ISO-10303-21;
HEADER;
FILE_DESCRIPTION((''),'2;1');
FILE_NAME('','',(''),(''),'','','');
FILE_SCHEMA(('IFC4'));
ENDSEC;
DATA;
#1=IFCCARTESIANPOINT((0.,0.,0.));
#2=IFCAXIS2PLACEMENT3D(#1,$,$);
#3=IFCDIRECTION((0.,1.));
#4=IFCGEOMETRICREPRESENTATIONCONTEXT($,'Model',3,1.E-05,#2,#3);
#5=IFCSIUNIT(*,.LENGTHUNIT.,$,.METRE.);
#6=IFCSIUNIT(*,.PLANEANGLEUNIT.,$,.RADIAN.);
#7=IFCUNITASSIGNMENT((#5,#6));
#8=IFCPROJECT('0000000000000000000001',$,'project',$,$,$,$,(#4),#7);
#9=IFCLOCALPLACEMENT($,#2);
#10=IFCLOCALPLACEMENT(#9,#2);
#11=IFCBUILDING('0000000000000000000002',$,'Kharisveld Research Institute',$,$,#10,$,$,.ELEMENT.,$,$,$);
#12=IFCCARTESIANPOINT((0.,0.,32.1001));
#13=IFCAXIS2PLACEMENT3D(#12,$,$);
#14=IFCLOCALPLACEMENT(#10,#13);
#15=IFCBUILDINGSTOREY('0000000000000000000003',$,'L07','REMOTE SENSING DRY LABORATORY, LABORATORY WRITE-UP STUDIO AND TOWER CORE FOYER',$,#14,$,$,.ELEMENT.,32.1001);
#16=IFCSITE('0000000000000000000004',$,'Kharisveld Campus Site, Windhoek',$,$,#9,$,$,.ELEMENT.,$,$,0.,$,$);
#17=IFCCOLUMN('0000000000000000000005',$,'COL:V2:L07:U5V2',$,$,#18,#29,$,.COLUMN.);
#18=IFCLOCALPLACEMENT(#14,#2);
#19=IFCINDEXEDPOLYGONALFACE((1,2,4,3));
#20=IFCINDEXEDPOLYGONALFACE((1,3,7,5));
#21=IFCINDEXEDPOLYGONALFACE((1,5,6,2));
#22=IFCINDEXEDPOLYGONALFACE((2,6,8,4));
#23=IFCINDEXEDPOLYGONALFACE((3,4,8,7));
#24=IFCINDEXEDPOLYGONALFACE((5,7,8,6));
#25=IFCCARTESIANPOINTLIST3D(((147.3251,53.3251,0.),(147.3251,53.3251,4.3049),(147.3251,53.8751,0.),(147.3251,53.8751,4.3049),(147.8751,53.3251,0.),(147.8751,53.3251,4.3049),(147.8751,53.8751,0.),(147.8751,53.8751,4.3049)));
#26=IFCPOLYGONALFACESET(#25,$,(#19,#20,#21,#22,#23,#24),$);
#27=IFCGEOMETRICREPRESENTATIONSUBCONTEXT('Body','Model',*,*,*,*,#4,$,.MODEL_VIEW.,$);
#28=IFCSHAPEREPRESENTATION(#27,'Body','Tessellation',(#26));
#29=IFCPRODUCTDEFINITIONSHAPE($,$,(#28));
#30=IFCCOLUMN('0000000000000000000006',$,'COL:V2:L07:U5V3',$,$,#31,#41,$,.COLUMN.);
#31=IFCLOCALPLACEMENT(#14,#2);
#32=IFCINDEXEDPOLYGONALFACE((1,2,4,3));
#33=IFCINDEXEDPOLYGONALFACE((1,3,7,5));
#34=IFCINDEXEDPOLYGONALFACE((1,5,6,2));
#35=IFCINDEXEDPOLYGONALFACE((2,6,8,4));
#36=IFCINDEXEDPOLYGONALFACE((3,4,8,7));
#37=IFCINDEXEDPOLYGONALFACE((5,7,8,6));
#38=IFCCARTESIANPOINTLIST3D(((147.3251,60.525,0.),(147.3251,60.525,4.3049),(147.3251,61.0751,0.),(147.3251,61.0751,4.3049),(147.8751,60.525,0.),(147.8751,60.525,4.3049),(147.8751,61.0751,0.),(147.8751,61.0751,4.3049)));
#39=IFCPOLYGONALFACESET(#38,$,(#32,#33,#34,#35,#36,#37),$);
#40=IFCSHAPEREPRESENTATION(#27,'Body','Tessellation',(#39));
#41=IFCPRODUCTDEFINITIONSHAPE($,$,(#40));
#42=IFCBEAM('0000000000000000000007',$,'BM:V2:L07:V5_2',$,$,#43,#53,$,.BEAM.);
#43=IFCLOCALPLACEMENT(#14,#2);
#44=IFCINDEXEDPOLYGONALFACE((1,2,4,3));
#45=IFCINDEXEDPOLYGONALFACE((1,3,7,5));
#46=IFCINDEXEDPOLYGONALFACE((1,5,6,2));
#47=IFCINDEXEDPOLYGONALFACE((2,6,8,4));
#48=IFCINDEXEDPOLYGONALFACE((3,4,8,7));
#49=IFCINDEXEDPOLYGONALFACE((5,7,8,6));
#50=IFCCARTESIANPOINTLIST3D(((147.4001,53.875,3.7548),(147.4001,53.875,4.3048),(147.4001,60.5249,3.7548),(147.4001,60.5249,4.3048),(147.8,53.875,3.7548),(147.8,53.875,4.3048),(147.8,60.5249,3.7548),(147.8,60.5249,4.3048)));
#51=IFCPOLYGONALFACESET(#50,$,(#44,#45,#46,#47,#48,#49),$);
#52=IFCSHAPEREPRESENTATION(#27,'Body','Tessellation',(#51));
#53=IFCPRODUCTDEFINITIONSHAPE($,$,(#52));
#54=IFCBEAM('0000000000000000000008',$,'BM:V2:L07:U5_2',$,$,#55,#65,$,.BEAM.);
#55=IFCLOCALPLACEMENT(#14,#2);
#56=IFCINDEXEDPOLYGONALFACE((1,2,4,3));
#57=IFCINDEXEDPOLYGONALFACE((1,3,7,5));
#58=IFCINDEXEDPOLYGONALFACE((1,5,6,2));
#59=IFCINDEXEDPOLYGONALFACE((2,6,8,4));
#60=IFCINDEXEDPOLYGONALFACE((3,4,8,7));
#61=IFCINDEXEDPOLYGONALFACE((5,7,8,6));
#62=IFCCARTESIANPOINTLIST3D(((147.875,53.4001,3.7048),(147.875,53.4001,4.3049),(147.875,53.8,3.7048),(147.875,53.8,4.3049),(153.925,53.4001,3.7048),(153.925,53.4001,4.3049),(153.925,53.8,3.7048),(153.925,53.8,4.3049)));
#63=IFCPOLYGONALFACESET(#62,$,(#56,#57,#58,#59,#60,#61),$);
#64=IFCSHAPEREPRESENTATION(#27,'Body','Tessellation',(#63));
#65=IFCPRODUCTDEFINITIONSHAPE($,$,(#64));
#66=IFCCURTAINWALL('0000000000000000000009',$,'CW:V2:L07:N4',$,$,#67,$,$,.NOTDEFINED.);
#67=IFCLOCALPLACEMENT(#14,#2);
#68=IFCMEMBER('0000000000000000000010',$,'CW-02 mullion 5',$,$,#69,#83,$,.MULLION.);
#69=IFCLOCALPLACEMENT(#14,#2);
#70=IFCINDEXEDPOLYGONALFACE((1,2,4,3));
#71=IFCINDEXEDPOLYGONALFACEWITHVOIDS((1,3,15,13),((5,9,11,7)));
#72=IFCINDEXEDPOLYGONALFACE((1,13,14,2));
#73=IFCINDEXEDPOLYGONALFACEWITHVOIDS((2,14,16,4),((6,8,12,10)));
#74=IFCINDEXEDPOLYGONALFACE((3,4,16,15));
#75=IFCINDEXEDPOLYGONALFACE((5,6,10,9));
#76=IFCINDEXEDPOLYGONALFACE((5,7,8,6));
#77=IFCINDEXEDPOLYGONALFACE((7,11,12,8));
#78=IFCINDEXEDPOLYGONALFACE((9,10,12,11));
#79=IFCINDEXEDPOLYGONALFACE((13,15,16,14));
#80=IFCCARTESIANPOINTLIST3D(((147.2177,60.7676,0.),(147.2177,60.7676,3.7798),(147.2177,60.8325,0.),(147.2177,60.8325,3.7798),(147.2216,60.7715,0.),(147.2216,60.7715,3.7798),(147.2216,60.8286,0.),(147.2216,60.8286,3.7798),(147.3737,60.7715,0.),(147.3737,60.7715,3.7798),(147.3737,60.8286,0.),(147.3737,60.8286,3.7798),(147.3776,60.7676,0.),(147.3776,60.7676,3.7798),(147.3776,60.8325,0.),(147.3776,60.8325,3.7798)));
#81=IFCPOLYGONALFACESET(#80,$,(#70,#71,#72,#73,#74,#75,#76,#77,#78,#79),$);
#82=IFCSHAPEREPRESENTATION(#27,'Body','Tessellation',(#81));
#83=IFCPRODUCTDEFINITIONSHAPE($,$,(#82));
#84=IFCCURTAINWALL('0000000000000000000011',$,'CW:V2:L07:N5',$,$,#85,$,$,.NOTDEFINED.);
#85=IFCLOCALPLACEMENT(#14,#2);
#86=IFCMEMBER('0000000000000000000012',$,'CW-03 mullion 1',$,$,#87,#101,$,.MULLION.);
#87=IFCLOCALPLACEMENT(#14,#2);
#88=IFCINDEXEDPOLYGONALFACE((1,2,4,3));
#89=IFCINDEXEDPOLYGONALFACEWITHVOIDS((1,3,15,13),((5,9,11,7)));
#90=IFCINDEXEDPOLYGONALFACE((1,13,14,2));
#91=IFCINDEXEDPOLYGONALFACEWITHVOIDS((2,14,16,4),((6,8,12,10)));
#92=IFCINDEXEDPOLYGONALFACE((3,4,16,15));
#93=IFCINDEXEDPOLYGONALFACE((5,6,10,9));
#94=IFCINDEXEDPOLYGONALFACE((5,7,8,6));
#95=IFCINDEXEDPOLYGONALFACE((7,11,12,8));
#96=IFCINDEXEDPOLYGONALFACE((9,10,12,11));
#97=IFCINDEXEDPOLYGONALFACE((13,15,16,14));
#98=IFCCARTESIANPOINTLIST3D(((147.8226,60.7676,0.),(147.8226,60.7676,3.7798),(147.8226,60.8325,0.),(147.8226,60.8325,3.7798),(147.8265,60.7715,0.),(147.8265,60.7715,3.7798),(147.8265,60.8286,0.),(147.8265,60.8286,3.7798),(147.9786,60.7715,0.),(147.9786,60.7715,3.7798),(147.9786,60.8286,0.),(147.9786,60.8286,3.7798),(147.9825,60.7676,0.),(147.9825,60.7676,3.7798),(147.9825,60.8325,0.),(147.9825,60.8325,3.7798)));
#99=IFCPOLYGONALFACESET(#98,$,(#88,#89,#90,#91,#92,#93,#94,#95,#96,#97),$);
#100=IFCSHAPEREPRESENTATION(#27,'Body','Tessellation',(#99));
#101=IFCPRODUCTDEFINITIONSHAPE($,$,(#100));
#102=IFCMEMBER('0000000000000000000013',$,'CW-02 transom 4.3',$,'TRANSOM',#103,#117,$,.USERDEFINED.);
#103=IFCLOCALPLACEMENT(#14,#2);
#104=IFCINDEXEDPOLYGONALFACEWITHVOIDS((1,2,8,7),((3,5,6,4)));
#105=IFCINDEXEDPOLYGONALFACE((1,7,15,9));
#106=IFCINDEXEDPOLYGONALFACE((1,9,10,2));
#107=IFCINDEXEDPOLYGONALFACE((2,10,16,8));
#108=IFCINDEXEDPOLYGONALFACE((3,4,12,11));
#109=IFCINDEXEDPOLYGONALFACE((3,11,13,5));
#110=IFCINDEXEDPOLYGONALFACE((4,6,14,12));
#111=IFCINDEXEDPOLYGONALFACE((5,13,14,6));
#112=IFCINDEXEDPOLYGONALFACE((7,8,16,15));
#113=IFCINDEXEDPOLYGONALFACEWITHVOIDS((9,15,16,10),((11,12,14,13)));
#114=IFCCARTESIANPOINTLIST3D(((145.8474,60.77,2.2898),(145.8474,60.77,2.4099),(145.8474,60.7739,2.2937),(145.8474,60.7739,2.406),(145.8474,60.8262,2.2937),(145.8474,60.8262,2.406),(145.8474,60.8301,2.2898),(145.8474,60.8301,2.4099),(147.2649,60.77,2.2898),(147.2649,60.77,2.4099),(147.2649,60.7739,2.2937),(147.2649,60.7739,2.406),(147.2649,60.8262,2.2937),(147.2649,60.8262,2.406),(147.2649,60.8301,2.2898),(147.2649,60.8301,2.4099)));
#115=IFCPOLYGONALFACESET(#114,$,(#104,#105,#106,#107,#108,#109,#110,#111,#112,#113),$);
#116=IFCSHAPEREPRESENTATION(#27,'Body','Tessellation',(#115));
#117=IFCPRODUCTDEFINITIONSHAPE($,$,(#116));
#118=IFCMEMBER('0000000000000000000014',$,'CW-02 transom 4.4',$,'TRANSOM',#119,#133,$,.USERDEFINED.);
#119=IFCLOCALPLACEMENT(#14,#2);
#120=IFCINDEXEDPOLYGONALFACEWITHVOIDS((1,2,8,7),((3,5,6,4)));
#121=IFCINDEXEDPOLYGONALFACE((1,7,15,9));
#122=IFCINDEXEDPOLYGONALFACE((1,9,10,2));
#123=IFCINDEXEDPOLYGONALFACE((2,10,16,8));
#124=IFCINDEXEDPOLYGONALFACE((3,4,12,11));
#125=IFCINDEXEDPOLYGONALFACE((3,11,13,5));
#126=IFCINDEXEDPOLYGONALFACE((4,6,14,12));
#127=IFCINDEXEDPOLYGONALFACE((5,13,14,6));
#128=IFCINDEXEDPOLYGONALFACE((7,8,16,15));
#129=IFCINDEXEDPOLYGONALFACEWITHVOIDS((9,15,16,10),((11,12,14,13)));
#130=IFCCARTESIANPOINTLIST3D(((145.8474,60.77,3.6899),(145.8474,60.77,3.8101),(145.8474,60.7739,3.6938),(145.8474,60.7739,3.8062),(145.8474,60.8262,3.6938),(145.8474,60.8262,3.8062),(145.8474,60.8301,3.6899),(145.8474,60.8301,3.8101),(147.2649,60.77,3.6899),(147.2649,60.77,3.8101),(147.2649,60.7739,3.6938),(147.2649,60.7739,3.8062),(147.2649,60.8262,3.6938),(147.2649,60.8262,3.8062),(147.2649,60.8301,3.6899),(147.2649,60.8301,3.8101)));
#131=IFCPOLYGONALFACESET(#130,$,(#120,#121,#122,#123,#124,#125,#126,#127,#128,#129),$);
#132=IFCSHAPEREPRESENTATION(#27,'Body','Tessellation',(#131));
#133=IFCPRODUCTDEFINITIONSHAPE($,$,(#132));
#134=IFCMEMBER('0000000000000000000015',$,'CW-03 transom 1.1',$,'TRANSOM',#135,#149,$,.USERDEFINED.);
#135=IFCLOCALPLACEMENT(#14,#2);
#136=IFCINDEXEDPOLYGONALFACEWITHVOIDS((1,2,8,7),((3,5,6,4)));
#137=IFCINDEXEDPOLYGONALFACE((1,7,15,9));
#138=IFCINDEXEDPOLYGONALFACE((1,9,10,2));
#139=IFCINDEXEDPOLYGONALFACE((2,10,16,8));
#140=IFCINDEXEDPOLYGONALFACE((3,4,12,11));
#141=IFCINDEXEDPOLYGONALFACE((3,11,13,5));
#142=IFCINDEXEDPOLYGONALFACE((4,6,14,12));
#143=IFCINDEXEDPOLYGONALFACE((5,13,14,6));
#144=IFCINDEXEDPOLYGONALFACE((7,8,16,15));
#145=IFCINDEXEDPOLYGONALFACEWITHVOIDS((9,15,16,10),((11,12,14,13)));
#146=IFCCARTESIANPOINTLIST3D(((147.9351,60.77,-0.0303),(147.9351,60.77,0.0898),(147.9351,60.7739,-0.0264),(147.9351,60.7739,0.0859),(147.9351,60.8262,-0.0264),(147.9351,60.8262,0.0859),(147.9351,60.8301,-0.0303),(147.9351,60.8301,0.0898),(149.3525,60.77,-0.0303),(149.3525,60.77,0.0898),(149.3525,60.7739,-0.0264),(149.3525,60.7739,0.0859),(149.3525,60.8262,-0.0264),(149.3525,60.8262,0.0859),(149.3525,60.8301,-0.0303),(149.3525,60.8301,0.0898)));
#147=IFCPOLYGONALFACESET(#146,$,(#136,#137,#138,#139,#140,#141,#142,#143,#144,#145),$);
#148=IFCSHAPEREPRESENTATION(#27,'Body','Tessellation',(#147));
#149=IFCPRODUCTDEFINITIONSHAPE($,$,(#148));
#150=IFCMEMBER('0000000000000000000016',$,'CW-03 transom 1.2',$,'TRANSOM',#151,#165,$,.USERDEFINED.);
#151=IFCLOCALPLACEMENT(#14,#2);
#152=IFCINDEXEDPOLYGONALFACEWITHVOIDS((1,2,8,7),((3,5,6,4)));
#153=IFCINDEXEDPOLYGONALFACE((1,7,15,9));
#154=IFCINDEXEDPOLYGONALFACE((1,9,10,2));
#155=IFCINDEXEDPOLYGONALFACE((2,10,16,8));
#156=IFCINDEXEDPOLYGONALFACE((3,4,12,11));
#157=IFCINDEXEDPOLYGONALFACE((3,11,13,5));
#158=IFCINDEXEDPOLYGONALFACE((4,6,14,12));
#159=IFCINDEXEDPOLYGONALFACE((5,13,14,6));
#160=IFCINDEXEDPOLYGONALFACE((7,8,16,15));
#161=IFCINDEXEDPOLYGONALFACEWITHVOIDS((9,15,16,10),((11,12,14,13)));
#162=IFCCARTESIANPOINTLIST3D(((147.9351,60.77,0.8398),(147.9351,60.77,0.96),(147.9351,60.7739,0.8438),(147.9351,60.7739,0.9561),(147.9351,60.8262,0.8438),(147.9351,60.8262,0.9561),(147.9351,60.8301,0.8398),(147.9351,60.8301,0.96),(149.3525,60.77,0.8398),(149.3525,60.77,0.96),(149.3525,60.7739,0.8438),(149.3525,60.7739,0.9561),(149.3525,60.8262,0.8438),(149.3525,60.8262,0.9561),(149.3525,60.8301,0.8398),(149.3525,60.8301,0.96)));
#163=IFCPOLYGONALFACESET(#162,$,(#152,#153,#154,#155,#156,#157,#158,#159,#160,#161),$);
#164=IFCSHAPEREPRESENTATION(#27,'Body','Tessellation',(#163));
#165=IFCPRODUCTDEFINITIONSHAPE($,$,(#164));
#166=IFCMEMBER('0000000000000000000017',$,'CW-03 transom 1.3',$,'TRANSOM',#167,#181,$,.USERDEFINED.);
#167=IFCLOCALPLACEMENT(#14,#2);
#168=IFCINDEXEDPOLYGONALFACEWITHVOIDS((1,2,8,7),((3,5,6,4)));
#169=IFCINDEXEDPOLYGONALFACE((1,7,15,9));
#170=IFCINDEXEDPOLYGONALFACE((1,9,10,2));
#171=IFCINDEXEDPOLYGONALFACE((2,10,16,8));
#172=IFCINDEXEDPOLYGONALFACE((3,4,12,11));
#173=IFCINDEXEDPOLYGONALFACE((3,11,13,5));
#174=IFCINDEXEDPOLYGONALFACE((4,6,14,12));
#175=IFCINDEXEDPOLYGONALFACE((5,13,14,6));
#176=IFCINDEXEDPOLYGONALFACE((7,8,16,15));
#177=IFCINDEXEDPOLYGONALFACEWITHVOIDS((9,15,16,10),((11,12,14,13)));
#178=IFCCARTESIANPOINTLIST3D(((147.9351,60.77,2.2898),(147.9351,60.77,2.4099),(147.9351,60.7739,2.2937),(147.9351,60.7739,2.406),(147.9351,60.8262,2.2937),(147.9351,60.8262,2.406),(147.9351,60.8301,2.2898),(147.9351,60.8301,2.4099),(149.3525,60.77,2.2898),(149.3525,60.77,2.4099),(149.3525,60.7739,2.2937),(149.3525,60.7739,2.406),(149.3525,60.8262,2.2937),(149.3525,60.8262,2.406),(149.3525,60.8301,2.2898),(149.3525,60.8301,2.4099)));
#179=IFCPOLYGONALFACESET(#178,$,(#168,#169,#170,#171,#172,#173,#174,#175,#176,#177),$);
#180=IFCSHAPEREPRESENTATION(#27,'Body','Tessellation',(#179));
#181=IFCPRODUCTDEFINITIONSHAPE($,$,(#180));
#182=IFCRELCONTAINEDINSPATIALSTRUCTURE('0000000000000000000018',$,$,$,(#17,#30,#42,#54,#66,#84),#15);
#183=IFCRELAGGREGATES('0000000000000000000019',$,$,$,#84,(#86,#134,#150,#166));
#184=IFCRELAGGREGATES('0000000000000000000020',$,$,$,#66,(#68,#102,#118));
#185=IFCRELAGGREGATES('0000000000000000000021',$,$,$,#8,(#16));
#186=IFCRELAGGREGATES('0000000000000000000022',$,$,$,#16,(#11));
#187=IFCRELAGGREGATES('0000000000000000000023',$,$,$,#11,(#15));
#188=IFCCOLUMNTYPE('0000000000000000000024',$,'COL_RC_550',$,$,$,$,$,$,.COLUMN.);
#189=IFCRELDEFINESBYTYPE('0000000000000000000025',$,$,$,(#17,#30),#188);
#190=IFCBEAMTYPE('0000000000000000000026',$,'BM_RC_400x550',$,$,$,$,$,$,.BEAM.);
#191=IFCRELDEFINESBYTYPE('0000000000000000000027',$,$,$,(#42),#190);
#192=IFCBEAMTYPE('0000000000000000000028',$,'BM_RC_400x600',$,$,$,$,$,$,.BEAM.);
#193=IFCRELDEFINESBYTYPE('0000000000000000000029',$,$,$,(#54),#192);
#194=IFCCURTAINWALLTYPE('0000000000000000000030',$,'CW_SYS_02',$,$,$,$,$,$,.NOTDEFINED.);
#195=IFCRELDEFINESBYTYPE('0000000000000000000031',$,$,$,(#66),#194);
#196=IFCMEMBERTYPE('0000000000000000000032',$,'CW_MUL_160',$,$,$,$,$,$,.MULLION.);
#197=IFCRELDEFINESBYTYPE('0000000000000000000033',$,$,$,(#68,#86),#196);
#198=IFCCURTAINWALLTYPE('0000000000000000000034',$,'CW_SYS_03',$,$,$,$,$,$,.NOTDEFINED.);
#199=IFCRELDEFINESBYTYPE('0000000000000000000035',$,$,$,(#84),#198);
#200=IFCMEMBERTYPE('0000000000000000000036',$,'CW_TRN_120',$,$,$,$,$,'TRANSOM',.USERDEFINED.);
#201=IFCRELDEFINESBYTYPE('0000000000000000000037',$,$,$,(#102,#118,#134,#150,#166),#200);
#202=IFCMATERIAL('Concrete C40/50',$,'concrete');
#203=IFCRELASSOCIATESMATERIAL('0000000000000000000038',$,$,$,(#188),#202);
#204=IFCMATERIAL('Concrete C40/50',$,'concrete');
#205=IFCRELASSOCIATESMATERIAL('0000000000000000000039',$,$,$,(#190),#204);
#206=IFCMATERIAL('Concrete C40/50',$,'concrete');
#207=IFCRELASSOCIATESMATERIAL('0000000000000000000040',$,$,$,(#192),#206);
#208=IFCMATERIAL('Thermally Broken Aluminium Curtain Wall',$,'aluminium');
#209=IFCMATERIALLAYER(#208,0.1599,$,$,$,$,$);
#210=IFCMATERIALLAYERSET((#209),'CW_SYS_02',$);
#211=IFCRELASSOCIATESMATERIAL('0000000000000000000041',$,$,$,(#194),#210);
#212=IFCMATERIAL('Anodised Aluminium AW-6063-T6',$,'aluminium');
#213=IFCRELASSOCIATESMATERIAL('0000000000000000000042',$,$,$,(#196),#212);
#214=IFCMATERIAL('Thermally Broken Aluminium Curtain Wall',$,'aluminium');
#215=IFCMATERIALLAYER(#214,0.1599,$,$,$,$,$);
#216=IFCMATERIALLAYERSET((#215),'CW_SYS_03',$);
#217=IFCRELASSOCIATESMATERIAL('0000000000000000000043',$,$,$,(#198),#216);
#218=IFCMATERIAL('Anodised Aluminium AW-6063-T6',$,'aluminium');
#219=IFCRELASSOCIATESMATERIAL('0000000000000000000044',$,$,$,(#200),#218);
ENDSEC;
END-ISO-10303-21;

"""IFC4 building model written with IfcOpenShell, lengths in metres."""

from ifc_helpers import new_model, si_unit, direction, frame, origin, origin_2d, place, context, subcontext, project, spatial, rectangle, hollow_rectangle, extrude, material, layer, layer_set, material_profile, profile_set, type_object, element, aggregate, save


model = new_model("IFC4")

# Units and contexts
model_context = context("Model", 3, precision=1e-05, world=origin(), true_north=direction((0.0, 1.0)))
body_context = subcontext(model_context, "Body", "Model", "MODEL_VIEW")
ifc_project = project(units=[si_unit("LENGTHUNIT", "METRE"), si_unit("PLANEANGLEUNIT", "RADIAN")], contexts=[model_context])

# Site, building, storey
site_placement = place(None, origin())
site = spatial("IfcSite", under=ifc_project, at=site_placement, Name="Kharisveld Campus Site, Windhoek", CompositionType="ELEMENT", RefElevation=0.0)
building_placement = place(site_placement, origin())
building = spatial("IfcBuilding", under=site, at=building_placement, Name="Kharisveld Research Institute", CompositionType="ELEMENT")
storey_placement = place(building_placement, frame((0.0, 0.0, 32.1001)))
storey = spatial("IfcBuildingStorey", under=building, at=storey_placement, Name="L07", Description="REMOTE SENSING DRY LABORATORY, LABORATORY WRITE-UP STUDIO AND TOWER CORE FOYER", CompositionType="ELEMENT", Elevation=32.1001)

# Columns
ifc_material_1 = material(Name="Concrete C40/50", Category="concrete")
ifc_material_profile_1 = material_profile(ifc_material_1, rectangle(XDim=0.55, YDim=0.55, at=origin_2d()))
ifc_profile_set_1 = profile_set([ifc_material_profile_1], Name="Concrete C40/50")
column_type = type_object("IfcColumnType", Name="COL_RC_550", PredefinedType="COLUMN", material=ifc_profile_set_1)
for number, where, z_axis, x_axis, name in (
    (1, (147.6001, 53.6001, 0.0), (0.0, 0.0, 1.0), (1.0, 0.0, 0.0), "COL:V2:L07:U5V2"),
    (2, (147.6001, 60.8, 0.0), (0.0, 0.0, 1.0), (1.0, 0.0, 0.0), "COL:V2:L07:U5V3"),
):
    element("IfcColumn", number, at=place(storey_placement, frame(where, z_axis=z_axis, x_axis=x_axis)), inside=storey, type_object=column_type, Name=name, PredefinedType="COLUMN", context=body_context, shape_type="SweptSolid", body=[
        extrude(rectangle(XDim=0.55, YDim=0.55, at=origin_2d()), origin(), (0.0, 0.0, 1.0), 4.3049),
    ])

# Beams
ifc_material_2 = material(Name="Concrete C40/50", Category="concrete")
ifc_material_profile_2 = material_profile(ifc_material_2, rectangle(XDim=0.3999, YDim=0.55, at=origin_2d()))
ifc_profile_set_2 = profile_set([ifc_material_profile_2], Name="Concrete C40/50")
beam_type_1 = type_object("IfcBeamType", Name="BM_RC_400x550", PredefinedType="BEAM", material=ifc_profile_set_2)
beam_1_placement = place(storey_placement, frame((147.6001, 53.875, 4.0298), z_axis=(0.0, 1.0, 0.0), x_axis=(-1.0, 0.0, 0.0)))
element("IfcBeam", 3, at=beam_1_placement, inside=storey, type_object=beam_type_1, Name="BM:V2:L07:V5_2", PredefinedType="BEAM", context=body_context, shape_type="SweptSolid", body=[
    extrude(rectangle(XDim=0.3999, YDim=0.55, at=origin_2d()), origin(), (0.0, 0.0, 1.0), 6.6499),
])
ifc_material_3 = material(Name="Concrete C40/50", Category="concrete")
ifc_material_profile_3 = material_profile(ifc_material_3, rectangle(XDim=0.3999, YDim=0.6001, at=origin_2d()))
ifc_profile_set_3 = profile_set([ifc_material_profile_3], Name="Concrete C40/50")
beam_type_2 = type_object("IfcBeamType", Name="BM_RC_400x600", PredefinedType="BEAM", material=ifc_profile_set_3)
beam_2_placement = place(storey_placement, frame((147.875, 53.6001, 4.0049), z_axis=(1.0, 0.0, 0.0), x_axis=(0.0, 1.0, 0.0)))
element("IfcBeam", 4, at=beam_2_placement, inside=storey, type_object=beam_type_2, Name="BM:V2:L07:U5_2", PredefinedType="BEAM", context=body_context, shape_type="SweptSolid", body=[
    extrude(rectangle(XDim=0.3999, YDim=0.6001, at=origin_2d()), origin(), (0.0, 0.0, 1.0), 6.05),
])

# Curtain walls, members
ifc_material_4 = material(Name="Thermally Broken Aluminium Curtain Wall", Category="aluminium")
ifc_layer_1 = layer(ifc_material_4, 0.1599)
ifc_layer_set_1 = layer_set([ifc_layer_1], Name="CW_SYS_02")
curtain_wall_type_1 = type_object("IfcCurtainWallType", Name="CW_SYS_02", PredefinedType="NOTDEFINED", material=ifc_layer_set_1)
curtain_wall_1_placement = place(storey_placement, origin())
curtain_wall_1 = element("IfcCurtainWall", 5, at=curtain_wall_1_placement, inside=storey, type_object=curtain_wall_type_1, Name="CW:V2:L07:N4", PredefinedType="NOTDEFINED")
ifc_material_5 = material(Name="Anodised Aluminium AW-6063-T6", Category="aluminium")
ifc_material_profile_4 = material_profile(ifc_material_5, hollow_rectangle(XDim=0.0649, YDim=0.1599, WallThickness=0.0039, at=origin_2d()))
ifc_profile_set_4 = profile_set([ifc_material_profile_4], Name="Anodised Aluminium AW-6063-T6")
member_type_1 = type_object("IfcMemberType", Name="CW_MUL_160", PredefinedType="MULLION", material=ifc_profile_set_4)
member_1_placement = place(storey_placement, frame((147.2976, 60.8, 0.0), z_axis=(0.0, 0.0, 1.0), x_axis=(0.0, 1.0, 0.0)))
member_1 = element("IfcMember", 6, at=member_1_placement, type_object=member_type_1, Name="CW-02 mullion 5", PredefinedType="MULLION", context=body_context, shape_type="SweptSolid", body=[
    extrude(hollow_rectangle(XDim=0.0649, YDim=0.1599, WallThickness=0.0039, at=origin_2d()), origin(), (0.0, 0.0, 1.0), 3.7798),
])
ifc_material_6 = material(Name="Thermally Broken Aluminium Curtain Wall", Category="aluminium")
ifc_layer_2 = layer(ifc_material_6, 0.1599)
ifc_layer_set_2 = layer_set([ifc_layer_2], Name="CW_SYS_03")
curtain_wall_type_2 = type_object("IfcCurtainWallType", Name="CW_SYS_03", PredefinedType="NOTDEFINED", material=ifc_layer_set_2)
curtain_wall_2_placement = place(storey_placement, origin())
curtain_wall_2 = element("IfcCurtainWall", 7, at=curtain_wall_2_placement, inside=storey, type_object=curtain_wall_type_2, Name="CW:V2:L07:N5", PredefinedType="NOTDEFINED")
member_2_placement = place(storey_placement, frame((147.9026, 60.8, 0.0), z_axis=(0.0, 0.0, 1.0), x_axis=(0.0, 1.0, 0.0)))
member_2 = element("IfcMember", 8, at=member_2_placement, type_object=member_type_1, Name="CW-03 mullion 1", PredefinedType="MULLION", context=body_context, shape_type="SweptSolid", body=[
    extrude(hollow_rectangle(XDim=0.0649, YDim=0.1599, WallThickness=0.0039, at=origin_2d()), origin(), (0.0, 0.0, 1.0), 3.7798),
])

# Members
ifc_material_7 = material(Name="Anodised Aluminium AW-6063-T6", Category="aluminium")
ifc_material_profile_5 = material_profile(ifc_material_7, hollow_rectangle(XDim=0.0601, YDim=0.1201, WallThickness=0.0039, at=origin_2d()))
ifc_profile_set_5 = profile_set([ifc_material_profile_5], Name="Anodised Aluminium AW-6063-T6")
member_type_2 = type_object("IfcMemberType", Name="CW_TRN_120", ElementType="TRANSOM", PredefinedType="USERDEFINED", material=ifc_profile_set_5)
member_3_placement = place(storey_placement, frame((145.8474, 60.8, 2.3499), z_axis=(1.0, 0.0, 0.0), x_axis=(0.0, 1.0, 0.0)))
member_3 = element("IfcMember", 9, at=member_3_placement, type_object=member_type_2, Name="CW-02 transom 4.3", ObjectType="TRANSOM", PredefinedType="USERDEFINED", context=body_context, shape_type="SweptSolid", body=[
    extrude(hollow_rectangle(XDim=0.0601, YDim=0.1201, WallThickness=0.0039, at=origin_2d()), origin(), (0.0, 0.0, 1.0), 1.4175),
])
member_4_placement = place(storey_placement, frame((145.8474, 60.8, 3.75), z_axis=(1.0, 0.0, 0.0), x_axis=(0.0, 1.0, 0.0)))
member_4 = element("IfcMember", 10, at=member_4_placement, type_object=member_type_2, Name="CW-02 transom 4.4", ObjectType="TRANSOM", PredefinedType="USERDEFINED", context=body_context, shape_type="SweptSolid", body=[
    extrude(hollow_rectangle(XDim=0.0601, YDim=0.1201, WallThickness=0.0039, at=origin_2d()), origin(), (0.0, 0.0, 1.0), 1.4175),
])
member_5_placement = place(storey_placement, frame((147.9351, 60.8, 0.0298), z_axis=(1.0, 0.0, 0.0), x_axis=(0.0, 1.0, 0.0)))
member_5 = element("IfcMember", 11, at=member_5_placement, type_object=member_type_2, Name="CW-03 transom 1.1", ObjectType="TRANSOM", PredefinedType="USERDEFINED", context=body_context, shape_type="SweptSolid", body=[
    extrude(hollow_rectangle(XDim=0.0601, YDim=0.1201, WallThickness=0.0039, at=origin_2d()), origin(), (0.0, 0.0, 1.0), 1.4175),
])
member_6_placement = place(storey_placement, frame((147.9351, 60.8, 0.8999), z_axis=(1.0, 0.0, 0.0), x_axis=(0.0, 1.0, 0.0)))
member_6 = element("IfcMember", 12, at=member_6_placement, type_object=member_type_2, Name="CW-03 transom 1.2", ObjectType="TRANSOM", PredefinedType="USERDEFINED", context=body_context, shape_type="SweptSolid", body=[
    extrude(hollow_rectangle(XDim=0.0601, YDim=0.1201, WallThickness=0.0039, at=origin_2d()), origin(), (0.0, 0.0, 1.0), 1.4175),
])
member_7_placement = place(storey_placement, frame((147.9351, 60.8, 2.3499), z_axis=(1.0, 0.0, 0.0), x_axis=(0.0, 1.0, 0.0)))
member_7 = element("IfcMember", 13, at=member_7_placement, type_object=member_type_2, Name="CW-03 transom 1.3", ObjectType="TRANSOM", PredefinedType="USERDEFINED", context=body_context, shape_type="SweptSolid", body=[
    extrude(hollow_rectangle(XDim=0.0601, YDim=0.1201, WallThickness=0.0039, at=origin_2d()), origin(), (0.0, 0.0, 1.0), 1.4175),
])
aggregate(curtain_wall_2, [member_2, member_5, member_6, member_7])

aggregate(curtain_wall_1, [member_1, member_3, member_4])

save(model, "model.ifc")
